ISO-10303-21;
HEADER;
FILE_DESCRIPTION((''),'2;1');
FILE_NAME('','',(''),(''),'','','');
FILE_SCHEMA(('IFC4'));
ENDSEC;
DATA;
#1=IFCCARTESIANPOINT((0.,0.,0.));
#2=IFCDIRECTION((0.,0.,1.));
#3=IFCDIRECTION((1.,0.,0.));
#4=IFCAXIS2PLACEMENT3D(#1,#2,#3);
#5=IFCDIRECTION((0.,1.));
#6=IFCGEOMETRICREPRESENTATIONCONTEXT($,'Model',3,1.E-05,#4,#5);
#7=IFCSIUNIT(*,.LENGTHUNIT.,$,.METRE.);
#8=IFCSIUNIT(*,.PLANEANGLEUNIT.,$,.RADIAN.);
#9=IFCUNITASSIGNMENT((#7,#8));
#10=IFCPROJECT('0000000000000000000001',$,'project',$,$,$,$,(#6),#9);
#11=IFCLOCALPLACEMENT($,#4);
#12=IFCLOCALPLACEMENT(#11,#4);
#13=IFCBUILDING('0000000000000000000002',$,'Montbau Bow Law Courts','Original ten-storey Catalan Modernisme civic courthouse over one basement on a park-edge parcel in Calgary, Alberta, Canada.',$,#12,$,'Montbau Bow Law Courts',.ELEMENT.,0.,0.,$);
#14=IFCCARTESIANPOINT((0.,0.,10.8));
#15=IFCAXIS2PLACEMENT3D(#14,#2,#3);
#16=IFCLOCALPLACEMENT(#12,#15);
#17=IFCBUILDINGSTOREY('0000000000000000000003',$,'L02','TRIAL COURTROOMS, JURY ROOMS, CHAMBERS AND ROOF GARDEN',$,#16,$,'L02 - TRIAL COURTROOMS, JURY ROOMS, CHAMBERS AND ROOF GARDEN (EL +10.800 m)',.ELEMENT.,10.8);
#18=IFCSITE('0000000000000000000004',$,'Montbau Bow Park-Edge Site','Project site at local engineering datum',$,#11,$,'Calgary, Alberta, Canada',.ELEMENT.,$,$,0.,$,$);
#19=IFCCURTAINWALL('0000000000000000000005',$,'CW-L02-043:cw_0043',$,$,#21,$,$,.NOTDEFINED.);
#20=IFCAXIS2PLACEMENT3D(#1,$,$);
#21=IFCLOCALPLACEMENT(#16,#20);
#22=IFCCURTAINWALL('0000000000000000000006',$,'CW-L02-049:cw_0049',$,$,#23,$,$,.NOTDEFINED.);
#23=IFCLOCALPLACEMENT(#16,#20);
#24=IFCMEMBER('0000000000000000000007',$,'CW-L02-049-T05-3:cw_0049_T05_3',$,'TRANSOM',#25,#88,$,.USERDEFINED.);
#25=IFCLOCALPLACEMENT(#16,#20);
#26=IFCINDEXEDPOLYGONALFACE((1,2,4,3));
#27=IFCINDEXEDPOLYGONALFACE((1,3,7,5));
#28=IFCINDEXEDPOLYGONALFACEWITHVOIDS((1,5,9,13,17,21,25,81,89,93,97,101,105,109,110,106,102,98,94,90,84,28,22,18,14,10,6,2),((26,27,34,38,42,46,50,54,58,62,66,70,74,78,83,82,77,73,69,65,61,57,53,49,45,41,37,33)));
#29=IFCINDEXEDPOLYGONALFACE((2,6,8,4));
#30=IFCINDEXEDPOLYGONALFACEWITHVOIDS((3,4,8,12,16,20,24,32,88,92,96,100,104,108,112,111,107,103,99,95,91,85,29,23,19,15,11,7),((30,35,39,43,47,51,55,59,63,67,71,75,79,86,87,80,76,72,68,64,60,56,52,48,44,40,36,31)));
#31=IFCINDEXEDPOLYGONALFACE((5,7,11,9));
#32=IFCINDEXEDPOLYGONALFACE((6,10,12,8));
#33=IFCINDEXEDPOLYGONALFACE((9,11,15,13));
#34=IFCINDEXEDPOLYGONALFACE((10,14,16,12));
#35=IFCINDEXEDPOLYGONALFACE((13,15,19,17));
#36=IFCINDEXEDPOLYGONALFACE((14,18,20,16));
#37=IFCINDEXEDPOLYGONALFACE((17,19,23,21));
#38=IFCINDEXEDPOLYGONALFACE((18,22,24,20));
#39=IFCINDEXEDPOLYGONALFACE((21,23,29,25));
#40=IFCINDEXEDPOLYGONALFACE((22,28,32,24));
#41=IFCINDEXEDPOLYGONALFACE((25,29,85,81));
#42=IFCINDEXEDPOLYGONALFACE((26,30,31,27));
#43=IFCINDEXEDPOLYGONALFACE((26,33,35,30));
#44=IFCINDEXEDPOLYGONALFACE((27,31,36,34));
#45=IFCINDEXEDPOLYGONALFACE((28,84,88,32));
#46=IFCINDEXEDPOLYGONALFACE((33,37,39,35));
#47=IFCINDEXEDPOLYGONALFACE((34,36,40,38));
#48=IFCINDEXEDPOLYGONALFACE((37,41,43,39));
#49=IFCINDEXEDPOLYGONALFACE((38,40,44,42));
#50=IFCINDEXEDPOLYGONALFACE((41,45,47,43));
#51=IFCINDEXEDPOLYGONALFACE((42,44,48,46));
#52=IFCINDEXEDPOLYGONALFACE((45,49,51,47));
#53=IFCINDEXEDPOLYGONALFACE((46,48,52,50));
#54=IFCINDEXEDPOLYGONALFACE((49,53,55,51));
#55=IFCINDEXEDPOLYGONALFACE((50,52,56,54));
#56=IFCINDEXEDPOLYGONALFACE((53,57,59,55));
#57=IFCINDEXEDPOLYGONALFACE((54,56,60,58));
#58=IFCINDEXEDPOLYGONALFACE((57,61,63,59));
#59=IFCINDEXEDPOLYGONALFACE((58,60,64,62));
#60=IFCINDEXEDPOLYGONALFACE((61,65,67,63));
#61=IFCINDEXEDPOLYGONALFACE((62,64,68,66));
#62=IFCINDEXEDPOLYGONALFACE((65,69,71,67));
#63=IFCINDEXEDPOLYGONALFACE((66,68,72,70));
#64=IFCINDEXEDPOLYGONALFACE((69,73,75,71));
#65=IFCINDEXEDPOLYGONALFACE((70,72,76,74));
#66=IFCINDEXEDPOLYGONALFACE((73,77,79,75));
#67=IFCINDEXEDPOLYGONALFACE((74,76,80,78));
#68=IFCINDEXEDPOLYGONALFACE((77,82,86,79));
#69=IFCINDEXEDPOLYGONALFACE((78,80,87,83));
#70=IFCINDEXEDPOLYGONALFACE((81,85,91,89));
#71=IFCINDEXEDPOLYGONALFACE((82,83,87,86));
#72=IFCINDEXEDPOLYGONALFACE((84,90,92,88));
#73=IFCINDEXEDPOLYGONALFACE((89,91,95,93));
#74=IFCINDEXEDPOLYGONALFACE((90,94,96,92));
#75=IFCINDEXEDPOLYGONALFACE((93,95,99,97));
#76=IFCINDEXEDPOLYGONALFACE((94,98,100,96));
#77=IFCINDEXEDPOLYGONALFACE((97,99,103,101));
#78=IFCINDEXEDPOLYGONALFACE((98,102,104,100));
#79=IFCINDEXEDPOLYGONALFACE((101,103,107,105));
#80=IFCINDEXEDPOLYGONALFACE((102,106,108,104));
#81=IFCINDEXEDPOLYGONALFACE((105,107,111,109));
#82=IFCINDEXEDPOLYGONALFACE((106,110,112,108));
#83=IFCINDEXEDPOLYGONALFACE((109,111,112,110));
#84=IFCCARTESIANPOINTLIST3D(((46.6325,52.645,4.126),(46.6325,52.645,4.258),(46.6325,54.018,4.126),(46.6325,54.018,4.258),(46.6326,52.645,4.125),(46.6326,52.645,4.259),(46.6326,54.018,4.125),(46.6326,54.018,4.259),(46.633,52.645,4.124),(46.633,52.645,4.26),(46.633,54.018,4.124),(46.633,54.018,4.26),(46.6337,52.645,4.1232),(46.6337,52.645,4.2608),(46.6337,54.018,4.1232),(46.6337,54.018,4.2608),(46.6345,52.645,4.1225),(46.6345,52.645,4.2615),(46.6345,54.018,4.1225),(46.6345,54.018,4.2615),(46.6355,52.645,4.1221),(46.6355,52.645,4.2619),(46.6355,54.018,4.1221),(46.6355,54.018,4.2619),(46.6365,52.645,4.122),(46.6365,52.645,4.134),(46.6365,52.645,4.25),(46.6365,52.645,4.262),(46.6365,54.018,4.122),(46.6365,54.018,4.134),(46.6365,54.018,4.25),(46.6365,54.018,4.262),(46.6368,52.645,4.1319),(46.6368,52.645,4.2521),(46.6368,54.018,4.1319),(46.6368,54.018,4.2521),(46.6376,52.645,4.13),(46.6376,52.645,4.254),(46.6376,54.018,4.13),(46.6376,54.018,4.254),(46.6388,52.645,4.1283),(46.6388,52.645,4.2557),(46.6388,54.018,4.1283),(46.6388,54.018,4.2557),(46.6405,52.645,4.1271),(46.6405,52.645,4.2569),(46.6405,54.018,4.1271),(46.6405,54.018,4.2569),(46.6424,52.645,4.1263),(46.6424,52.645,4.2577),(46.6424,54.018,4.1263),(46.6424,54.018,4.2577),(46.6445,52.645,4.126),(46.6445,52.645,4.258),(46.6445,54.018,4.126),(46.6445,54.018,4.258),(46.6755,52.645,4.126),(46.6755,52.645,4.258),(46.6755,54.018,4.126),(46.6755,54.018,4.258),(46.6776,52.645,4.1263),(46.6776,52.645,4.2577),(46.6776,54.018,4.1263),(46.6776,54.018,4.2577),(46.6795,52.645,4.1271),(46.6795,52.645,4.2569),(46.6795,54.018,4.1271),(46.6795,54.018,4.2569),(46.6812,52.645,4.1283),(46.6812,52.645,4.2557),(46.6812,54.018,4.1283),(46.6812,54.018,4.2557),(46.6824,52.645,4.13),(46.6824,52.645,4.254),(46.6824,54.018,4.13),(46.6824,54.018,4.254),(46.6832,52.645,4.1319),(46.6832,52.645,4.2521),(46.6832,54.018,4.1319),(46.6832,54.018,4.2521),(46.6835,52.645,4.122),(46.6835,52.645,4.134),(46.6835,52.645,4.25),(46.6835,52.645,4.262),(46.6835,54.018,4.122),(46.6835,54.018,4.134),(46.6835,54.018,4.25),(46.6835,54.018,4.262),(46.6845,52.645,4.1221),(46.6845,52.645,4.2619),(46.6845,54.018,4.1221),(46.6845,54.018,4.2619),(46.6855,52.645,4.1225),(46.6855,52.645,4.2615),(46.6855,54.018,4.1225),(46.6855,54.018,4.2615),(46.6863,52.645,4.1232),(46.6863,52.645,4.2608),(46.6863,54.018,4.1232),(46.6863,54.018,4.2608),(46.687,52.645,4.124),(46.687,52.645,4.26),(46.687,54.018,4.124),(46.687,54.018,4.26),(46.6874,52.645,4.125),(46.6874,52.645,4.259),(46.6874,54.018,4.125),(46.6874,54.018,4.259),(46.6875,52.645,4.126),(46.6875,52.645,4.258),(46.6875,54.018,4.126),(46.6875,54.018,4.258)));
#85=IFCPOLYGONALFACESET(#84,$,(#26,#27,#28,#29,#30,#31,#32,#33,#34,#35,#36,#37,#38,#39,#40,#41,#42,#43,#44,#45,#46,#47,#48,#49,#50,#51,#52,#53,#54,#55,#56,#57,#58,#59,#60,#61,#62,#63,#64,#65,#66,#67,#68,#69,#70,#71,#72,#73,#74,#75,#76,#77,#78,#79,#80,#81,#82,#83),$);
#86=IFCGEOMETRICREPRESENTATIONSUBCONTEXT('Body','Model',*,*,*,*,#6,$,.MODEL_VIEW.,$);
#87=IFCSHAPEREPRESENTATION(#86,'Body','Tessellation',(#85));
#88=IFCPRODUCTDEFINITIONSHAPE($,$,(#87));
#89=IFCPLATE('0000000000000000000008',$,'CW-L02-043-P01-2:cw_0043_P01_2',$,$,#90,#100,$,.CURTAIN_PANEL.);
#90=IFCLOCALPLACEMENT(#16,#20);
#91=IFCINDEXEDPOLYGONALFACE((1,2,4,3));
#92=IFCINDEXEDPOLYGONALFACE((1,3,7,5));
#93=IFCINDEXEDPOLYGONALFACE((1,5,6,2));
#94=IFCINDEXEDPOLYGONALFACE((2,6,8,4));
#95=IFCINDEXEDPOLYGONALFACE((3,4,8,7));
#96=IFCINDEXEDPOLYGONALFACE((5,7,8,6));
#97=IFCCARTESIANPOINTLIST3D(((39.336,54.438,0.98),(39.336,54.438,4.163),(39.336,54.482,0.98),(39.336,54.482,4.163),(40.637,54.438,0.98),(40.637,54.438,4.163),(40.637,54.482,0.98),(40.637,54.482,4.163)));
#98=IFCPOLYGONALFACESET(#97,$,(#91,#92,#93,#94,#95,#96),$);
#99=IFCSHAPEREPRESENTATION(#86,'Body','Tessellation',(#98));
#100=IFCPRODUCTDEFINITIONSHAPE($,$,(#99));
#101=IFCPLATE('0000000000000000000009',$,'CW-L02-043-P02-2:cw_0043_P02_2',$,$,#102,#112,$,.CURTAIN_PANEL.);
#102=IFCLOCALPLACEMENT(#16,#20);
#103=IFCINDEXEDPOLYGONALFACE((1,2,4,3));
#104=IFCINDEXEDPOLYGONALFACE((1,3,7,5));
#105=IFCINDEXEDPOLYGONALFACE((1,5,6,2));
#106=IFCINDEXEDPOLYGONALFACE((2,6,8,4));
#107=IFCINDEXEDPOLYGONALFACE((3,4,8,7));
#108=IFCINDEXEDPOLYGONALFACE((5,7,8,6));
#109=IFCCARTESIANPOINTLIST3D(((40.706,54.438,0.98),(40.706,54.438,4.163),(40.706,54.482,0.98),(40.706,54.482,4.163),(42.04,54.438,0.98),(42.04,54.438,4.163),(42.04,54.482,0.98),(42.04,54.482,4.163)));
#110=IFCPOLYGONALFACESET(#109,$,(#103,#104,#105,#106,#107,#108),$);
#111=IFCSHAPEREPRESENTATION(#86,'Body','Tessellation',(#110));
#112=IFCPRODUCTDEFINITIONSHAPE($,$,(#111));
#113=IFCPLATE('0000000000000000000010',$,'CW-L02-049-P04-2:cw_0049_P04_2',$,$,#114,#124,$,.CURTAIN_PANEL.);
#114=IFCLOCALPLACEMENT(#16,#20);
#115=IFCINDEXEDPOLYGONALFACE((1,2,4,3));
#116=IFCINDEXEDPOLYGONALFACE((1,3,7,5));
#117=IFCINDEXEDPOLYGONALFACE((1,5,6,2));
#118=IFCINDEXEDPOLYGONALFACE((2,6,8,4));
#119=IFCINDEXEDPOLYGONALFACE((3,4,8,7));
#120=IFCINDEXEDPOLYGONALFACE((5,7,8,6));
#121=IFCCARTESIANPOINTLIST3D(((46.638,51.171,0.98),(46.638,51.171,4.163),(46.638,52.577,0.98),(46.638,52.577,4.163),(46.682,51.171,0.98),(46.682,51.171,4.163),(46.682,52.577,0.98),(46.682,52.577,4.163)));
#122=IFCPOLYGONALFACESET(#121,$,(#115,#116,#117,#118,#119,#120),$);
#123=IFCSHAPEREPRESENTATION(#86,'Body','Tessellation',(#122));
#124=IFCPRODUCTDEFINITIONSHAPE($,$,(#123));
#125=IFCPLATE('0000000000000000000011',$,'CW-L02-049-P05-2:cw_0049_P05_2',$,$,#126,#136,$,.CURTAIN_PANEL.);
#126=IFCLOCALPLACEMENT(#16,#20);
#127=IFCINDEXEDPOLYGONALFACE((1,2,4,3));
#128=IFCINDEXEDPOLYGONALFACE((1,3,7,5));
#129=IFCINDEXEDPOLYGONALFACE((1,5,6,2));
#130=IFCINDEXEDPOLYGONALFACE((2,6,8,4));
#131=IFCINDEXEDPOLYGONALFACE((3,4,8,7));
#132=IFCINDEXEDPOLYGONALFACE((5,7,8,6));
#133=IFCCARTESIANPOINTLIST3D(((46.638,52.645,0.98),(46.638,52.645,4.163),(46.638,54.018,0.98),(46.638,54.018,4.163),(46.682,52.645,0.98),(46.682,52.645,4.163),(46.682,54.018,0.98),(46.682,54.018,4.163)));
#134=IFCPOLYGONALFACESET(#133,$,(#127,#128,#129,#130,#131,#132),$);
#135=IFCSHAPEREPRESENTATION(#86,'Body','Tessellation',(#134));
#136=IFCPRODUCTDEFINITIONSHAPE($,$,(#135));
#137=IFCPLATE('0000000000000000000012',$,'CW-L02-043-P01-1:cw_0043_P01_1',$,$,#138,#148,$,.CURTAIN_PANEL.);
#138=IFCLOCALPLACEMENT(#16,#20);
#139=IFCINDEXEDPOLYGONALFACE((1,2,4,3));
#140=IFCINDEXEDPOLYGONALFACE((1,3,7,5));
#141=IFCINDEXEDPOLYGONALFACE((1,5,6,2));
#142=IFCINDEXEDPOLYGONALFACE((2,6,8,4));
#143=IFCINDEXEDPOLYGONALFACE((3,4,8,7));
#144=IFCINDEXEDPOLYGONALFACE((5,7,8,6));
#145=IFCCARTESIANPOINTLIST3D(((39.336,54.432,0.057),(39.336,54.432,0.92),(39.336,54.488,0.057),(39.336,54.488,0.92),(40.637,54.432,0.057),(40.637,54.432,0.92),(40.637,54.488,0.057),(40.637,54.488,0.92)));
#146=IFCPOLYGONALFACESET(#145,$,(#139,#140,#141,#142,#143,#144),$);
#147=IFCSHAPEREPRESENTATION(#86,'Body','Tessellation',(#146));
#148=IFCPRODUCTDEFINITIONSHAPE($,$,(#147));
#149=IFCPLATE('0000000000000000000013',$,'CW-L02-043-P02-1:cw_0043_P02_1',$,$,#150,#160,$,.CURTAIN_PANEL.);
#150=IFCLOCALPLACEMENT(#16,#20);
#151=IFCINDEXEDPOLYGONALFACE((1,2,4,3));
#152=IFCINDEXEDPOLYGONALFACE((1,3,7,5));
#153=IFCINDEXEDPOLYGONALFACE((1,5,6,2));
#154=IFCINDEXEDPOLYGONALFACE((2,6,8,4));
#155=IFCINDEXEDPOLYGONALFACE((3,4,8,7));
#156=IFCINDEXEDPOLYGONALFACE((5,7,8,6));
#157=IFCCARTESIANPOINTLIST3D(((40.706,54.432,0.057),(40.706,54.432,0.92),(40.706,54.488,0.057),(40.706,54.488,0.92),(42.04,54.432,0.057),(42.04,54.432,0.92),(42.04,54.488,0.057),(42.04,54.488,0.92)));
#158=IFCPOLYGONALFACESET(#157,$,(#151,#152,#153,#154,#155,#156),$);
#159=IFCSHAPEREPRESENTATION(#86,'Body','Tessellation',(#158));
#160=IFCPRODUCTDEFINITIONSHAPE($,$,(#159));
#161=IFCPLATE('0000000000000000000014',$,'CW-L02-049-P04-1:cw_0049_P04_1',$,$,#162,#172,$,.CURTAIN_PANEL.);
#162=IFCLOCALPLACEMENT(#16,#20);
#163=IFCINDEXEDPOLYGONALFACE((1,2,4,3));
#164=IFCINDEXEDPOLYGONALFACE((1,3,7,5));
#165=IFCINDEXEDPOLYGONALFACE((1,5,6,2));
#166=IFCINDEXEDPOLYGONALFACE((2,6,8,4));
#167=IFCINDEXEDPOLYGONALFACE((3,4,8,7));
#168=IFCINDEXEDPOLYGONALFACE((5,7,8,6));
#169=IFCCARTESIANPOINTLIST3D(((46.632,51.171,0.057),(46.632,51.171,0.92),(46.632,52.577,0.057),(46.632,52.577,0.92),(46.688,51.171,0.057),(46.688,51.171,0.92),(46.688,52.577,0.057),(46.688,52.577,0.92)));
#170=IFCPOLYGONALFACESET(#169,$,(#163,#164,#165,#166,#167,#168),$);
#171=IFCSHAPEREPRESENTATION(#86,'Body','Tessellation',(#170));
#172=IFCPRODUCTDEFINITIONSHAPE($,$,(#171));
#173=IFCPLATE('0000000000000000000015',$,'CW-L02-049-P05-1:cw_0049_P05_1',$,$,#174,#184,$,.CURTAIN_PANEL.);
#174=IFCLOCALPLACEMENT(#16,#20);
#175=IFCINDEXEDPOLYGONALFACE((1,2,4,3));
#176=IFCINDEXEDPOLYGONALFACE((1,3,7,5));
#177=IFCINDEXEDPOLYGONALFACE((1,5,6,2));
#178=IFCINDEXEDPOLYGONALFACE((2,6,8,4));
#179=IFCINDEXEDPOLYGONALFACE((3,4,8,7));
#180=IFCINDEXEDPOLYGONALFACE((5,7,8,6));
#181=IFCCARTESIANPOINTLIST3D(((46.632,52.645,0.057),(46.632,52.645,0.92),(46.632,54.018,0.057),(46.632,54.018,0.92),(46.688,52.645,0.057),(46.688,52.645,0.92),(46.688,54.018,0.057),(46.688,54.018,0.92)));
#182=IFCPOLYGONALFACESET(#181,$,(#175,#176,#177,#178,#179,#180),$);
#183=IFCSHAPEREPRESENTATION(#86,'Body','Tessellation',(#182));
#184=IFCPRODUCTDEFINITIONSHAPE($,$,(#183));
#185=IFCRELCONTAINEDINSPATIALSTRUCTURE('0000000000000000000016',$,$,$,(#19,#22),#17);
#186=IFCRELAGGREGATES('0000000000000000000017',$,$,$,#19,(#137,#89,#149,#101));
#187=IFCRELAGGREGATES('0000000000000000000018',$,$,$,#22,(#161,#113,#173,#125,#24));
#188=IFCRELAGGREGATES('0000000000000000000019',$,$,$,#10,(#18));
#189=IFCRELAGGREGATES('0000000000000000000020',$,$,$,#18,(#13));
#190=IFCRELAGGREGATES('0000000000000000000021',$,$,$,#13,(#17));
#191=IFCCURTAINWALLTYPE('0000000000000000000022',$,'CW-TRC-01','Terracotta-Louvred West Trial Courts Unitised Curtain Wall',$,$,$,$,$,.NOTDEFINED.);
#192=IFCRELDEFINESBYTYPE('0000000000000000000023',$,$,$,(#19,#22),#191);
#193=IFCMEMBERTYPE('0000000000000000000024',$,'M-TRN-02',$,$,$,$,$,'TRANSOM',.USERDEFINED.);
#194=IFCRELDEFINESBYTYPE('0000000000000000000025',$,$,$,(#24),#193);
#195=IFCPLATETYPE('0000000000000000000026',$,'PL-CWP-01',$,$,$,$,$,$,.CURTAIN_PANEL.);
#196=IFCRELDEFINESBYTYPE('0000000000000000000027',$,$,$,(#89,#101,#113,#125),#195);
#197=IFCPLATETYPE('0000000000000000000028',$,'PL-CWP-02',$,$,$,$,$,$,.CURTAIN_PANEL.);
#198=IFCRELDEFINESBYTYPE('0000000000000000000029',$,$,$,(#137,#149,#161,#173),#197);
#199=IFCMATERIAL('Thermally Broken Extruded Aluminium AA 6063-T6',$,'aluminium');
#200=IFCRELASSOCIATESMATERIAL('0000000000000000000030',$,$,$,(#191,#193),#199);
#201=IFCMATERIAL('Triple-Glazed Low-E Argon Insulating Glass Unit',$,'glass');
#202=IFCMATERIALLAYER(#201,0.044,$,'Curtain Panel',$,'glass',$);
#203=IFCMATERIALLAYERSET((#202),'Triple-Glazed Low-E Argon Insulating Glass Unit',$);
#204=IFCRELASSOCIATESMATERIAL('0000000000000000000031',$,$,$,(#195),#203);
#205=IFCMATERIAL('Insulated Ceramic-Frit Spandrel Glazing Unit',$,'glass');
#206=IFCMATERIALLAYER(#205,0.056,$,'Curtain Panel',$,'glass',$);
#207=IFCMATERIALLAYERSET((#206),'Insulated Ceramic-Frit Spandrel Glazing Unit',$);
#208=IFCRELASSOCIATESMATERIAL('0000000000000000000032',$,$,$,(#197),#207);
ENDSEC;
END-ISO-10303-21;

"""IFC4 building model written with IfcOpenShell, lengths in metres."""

from ifc_helpers import new_model, si_unit, direction, frame, frame_2d, origin_with_axes, origin_2d_with_axis, place, context, subcontext, project, spatial, rectangle, hollow_rectangle, extrude, material, layer, layer_set, material_profile, profile_set, type_object, element, aggregate, save


model = new_model("IFC4")

# Units and contexts
model_context = context("Model", 3, precision=1e-05, world=origin_with_axes(), true_north=direction((0.0, 1.0)))
body_context = subcontext(model_context, "Body", "Model", "MODEL_VIEW")
ifc_project = project(units=[si_unit("LENGTHUNIT", "METRE"), si_unit("PLANEANGLEUNIT", "RADIAN")], contexts=[model_context])

# Site, building, storey
site_placement = place(None, origin_with_axes())
site = spatial("IfcSite", under=ifc_project, at=site_placement, Name="Montbau Bow Park-Edge Site", Description="Project site at local engineering datum", LongName="Calgary, Alberta, Canada", CompositionType="ELEMENT", RefElevation=0.0)
building_placement = place(site_placement, origin_with_axes())
building = spatial("IfcBuilding", under=site, at=building_placement, Name="Montbau Bow Law Courts", Description="Original ten-storey Catalan Modernisme civic courthouse over one basement on a park-edge parcel in Calgary, Alberta, Canada.", LongName="Montbau Bow Law Courts", CompositionType="ELEMENT", ElevationOfRefHeight=0.0, ElevationOfTerrain=0.0)
storey_placement = place(building_placement, frame((0.0, 0.0, 10.8), z_axis=(0.0, 0.0, 1.0), x_axis=(1.0, 0.0, 0.0)))
storey = spatial("IfcBuildingStorey", under=building, at=storey_placement, Name="L02", Description="TRIAL COURTROOMS, JURY ROOMS, CHAMBERS AND ROOF GARDEN", LongName="L02 - TRIAL COURTROOMS, JURY ROOMS, CHAMBERS AND ROOF GARDEN (EL +10.800 m)", CompositionType="ELEMENT", Elevation=10.8)

# Curtain walls
ifc_material_1 = material(Name="Thermally Broken Extruded Aluminium AA 6063-T6", Category="aluminium")
curtain_wall_type = type_object("IfcCurtainWallType", Name="CW-TRC-01", Description="Terracotta-Louvred West Trial Courts Unitised Curtain Wall", PredefinedType="NOTDEFINED", material=ifc_material_1)
curtain_wall_1_placement = place(None, frame((39.268, 54.46, 10.8), z_axis=(0.0, 0.0, 1.0), x_axis=(1.0, 0.0, 0.0)))
curtain_wall_1 = element("IfcCurtainWall", 1, at=curtain_wall_1_placement, inside=storey, type_object=curtain_wall_type, Name="CW-L02-043:cw_0043", PredefinedType="NOTDEFINED")
curtain_wall_2_placement = place(None, frame((46.66, 46.715, 10.8), z_axis=(0.0, 0.0, 1.0), x_axis=(1.0, 0.0, 0.0)))
curtain_wall_2 = element("IfcCurtainWall", 2, at=curtain_wall_2_placement, inside=storey, type_object=curtain_wall_type, Name="CW-L02-049:cw_0049", PredefinedType="NOTDEFINED")

# Member
ifc_material_profile_1 = material_profile(ifc_material_1, hollow_rectangle(XDim=0.055, YDim=0.14, WallThickness=0.004, InnerFilletRadius=0.008, OuterFilletRadius=0.004, at=origin_2d_with_axis()), Name="CWT-140X55", Category="Main", Priority=0)
ifc_profile_set_1 = profile_set([ifc_material_profile_1], Name="Thermally Broken Extruded Aluminium AA 6063-T6")
member_type_1 = type_object("IfcMemberType", Name="M-TRN-02", ElementType="TRANSOM", PredefinedType="USERDEFINED", material=ifc_profile_set_1)
member_1_placement = place(None, frame((46.66, 52.645, 14.992), z_axis=(0.0, 1.0, 0.0), x_axis=(-1.0, 0.0, 0.0)))
member_1 = element("IfcMember", 3, at=member_1_placement, type_object=member_type_1, Name="CW-L02-049-T05-3:cw_0049_T05_3", ObjectType="TRANSOM", PredefinedType="USERDEFINED", context=body_context, shape_type="SweptSolid", body=[
    extrude(hollow_rectangle(XDim=0.055, YDim=0.14, WallThickness=0.004, InnerFilletRadius=0.008, OuterFilletRadius=0.004, at=origin_2d_with_axis()), origin_with_axes(), (0.0, 0.0, 1.0), 1.373),
])

# Plates
ifc_material_2 = material(Name="Triple-Glazed Low-E Argon Insulating Glass Unit", Category="glass")
ifc_layer_1 = layer(ifc_material_2, 0.044, Name="Curtain Panel", Category="glass")
ifc_layer_set_1 = layer_set([ifc_layer_1], Name="Triple-Glazed Low-E Argon Insulating Glass Unit")
plate_type_1 = type_object("IfcPlateType", Name="PL-CWP-01", PredefinedType="CURTAIN_PANEL", material=ifc_layer_set_1)
plate_1_placement = place(None, frame((39.336, 54.46, 11.78), z_axis=(0.0, -1.0, 0.0), x_axis=(1.0, 0.0, 0.0)))
plate_1 = element("IfcPlate", 4, at=plate_1_placement, type_object=plate_type_1, Name="CW-L02-043-P01-2:cw_0043_P01_2", PredefinedType="CURTAIN_PANEL", context=body_context, shape_type="SweptSolid", body=[
    extrude(rectangle(XDim=1.301, YDim=3.183, at=frame_2d((0.6505, 1.5915), x_axis=(1.0, 0.0))), frame((0.0, 0.0, -0.022), z_axis=(0.0, 0.0, 1.0), x_axis=(1.0, 0.0, 0.0)), (0.0, 0.0, 1.0), 0.044),
])
plate_2_placement = place(None, frame((40.706, 54.46, 11.78), z_axis=(0.0, -1.0, 0.0), x_axis=(1.0, 0.0, 0.0)))
plate_2 = element("IfcPlate", 5, at=plate_2_placement, type_object=plate_type_1, Name="CW-L02-043-P02-2:cw_0043_P02_2", PredefinedType="CURTAIN_PANEL", context=body_context, shape_type="SweptSolid", body=[
    extrude(rectangle(XDim=1.334, YDim=3.183, at=frame_2d((0.667, 1.5915), x_axis=(1.0, 0.0))), frame((0.0, 0.0, -0.022), z_axis=(0.0, 0.0, 1.0), x_axis=(1.0, 0.0, 0.0)), (0.0, 0.0, 1.0), 0.044),
])
plate_3_placement = place(None, frame((46.66, 51.171, 11.78), z_axis=(1.0, 0.0, 0.0), x_axis=(0.0, 1.0, 0.0)))
plate_3 = element("IfcPlate", 6, at=plate_3_placement, type_object=plate_type_1, Name="CW-L02-049-P04-2:cw_0049_P04_2", PredefinedType="CURTAIN_PANEL", context=body_context, shape_type="SweptSolid", body=[
    extrude(rectangle(XDim=1.406, YDim=3.183, at=frame_2d((0.703, 1.5915), x_axis=(1.0, 0.0))), frame((0.0, 0.0, -0.022), z_axis=(0.0, 0.0, 1.0), x_axis=(1.0, 0.0, 0.0)), (0.0, 0.0, 1.0), 0.044),
])
plate_4_placement = place(None, frame((46.66, 52.645, 11.78), z_axis=(1.0, 0.0, 0.0), x_axis=(0.0, 1.0, 0.0)))
plate_4 = element("IfcPlate", 7, at=plate_4_placement, type_object=plate_type_1, Name="CW-L02-049-P05-2:cw_0049_P05_2", PredefinedType="CURTAIN_PANEL", context=body_context, shape_type="SweptSolid", body=[
    extrude(rectangle(XDim=1.373, YDim=3.183, at=frame_2d((0.6865, 1.5915), x_axis=(1.0, 0.0))), frame((0.0, 0.0, -0.022), z_axis=(0.0, 0.0, 1.0), x_axis=(1.0, 0.0, 0.0)), (0.0, 0.0, 1.0), 0.044),
])
ifc_material_3 = material(Name="Insulated Ceramic-Frit Spandrel Glazing Unit", Category="glass")
ifc_layer_2 = layer(ifc_material_3, 0.056, Name="Curtain Panel", Category="glass")
ifc_layer_set_2 = layer_set([ifc_layer_2], Name="Insulated Ceramic-Frit Spandrel Glazing Unit")
plate_type_2 = type_object("IfcPlateType", Name="PL-CWP-02", PredefinedType="CURTAIN_PANEL", material=ifc_layer_set_2)
plate_5_placement = place(None, frame((39.336, 54.46, 10.857), z_axis=(0.0, -1.0, 0.0), x_axis=(1.0, 0.0, 0.0)))
plate_5 = element("IfcPlate", 8, at=plate_5_placement, type_object=plate_type_2, Name="CW-L02-043-P01-1:cw_0043_P01_1", PredefinedType="CURTAIN_PANEL", context=body_context, shape_type="SweptSolid", body=[
    extrude(rectangle(XDim=1.301, YDim=0.863, at=frame_2d((0.6505, 0.4315), x_axis=(1.0, 0.0))), frame((0.0, 0.0, -0.028), z_axis=(0.0, 0.0, 1.0), x_axis=(1.0, 0.0, 0.0)), (0.0, 0.0, 1.0), 0.056),
])
plate_6_placement = place(None, frame((40.706, 54.46, 10.857), z_axis=(0.0, -1.0, 0.0), x_axis=(1.0, 0.0, 0.0)))
plate_6 = element("IfcPlate", 9, at=plate_6_placement, type_object=plate_type_2, Name="CW-L02-043-P02-1:cw_0043_P02_1", PredefinedType="CURTAIN_PANEL", context=body_context, shape_type="SweptSolid", body=[
    extrude(rectangle(XDim=1.334, YDim=0.863, at=frame_2d((0.667, 0.4315), x_axis=(1.0, 0.0))), frame((0.0, 0.0, -0.028), z_axis=(0.0, 0.0, 1.0), x_axis=(1.0, 0.0, 0.0)), (0.0, 0.0, 1.0), 0.056),
])
aggregate(curtain_wall_1, [plate_5, plate_1, plate_6, plate_2])
plate_7_placement = place(None, frame((46.66, 51.171, 10.857), z_axis=(1.0, 0.0, 0.0), x_axis=(0.0, 1.0, 0.0)))
plate_7 = element("IfcPlate", 10, at=plate_7_placement, type_object=plate_type_2, Name="CW-L02-049-P04-1:cw_0049_P04_1", PredefinedType="CURTAIN_PANEL", context=body_context, shape_type="SweptSolid", body=[
    extrude(rectangle(XDim=1.406, YDim=0.863, at=frame_2d((0.703, 0.4315), x_axis=(1.0, 0.0))), frame((0.0, 0.0, -0.028), z_axis=(0.0, 0.0, 1.0), x_axis=(1.0, 0.0, 0.0)), (0.0, 0.0, 1.0), 0.056),
])
plate_8_placement = place(None, frame((46.66, 52.645, 10.857), z_axis=(1.0, 0.0, 0.0), x_axis=(0.0, 1.0, 0.0)))
plate_8 = element("IfcPlate", 11, at=plate_8_placement, type_object=plate_type_2, Name="CW-L02-049-P05-1:cw_0049_P05_1", PredefinedType="CURTAIN_PANEL", context=body_context, shape_type="SweptSolid", body=[
    extrude(rectangle(XDim=1.373, YDim=0.863, at=frame_2d((0.6865, 0.4315), x_axis=(1.0, 0.0))), frame((0.0, 0.0, -0.028), z_axis=(0.0, 0.0, 1.0), x_axis=(1.0, 0.0, 0.0)), (0.0, 0.0, 1.0), 0.056),
])
aggregate(curtain_wall_2, [plate_7, plate_3, plate_8, plate_4, member_1])

save(model, "model.ifc")
